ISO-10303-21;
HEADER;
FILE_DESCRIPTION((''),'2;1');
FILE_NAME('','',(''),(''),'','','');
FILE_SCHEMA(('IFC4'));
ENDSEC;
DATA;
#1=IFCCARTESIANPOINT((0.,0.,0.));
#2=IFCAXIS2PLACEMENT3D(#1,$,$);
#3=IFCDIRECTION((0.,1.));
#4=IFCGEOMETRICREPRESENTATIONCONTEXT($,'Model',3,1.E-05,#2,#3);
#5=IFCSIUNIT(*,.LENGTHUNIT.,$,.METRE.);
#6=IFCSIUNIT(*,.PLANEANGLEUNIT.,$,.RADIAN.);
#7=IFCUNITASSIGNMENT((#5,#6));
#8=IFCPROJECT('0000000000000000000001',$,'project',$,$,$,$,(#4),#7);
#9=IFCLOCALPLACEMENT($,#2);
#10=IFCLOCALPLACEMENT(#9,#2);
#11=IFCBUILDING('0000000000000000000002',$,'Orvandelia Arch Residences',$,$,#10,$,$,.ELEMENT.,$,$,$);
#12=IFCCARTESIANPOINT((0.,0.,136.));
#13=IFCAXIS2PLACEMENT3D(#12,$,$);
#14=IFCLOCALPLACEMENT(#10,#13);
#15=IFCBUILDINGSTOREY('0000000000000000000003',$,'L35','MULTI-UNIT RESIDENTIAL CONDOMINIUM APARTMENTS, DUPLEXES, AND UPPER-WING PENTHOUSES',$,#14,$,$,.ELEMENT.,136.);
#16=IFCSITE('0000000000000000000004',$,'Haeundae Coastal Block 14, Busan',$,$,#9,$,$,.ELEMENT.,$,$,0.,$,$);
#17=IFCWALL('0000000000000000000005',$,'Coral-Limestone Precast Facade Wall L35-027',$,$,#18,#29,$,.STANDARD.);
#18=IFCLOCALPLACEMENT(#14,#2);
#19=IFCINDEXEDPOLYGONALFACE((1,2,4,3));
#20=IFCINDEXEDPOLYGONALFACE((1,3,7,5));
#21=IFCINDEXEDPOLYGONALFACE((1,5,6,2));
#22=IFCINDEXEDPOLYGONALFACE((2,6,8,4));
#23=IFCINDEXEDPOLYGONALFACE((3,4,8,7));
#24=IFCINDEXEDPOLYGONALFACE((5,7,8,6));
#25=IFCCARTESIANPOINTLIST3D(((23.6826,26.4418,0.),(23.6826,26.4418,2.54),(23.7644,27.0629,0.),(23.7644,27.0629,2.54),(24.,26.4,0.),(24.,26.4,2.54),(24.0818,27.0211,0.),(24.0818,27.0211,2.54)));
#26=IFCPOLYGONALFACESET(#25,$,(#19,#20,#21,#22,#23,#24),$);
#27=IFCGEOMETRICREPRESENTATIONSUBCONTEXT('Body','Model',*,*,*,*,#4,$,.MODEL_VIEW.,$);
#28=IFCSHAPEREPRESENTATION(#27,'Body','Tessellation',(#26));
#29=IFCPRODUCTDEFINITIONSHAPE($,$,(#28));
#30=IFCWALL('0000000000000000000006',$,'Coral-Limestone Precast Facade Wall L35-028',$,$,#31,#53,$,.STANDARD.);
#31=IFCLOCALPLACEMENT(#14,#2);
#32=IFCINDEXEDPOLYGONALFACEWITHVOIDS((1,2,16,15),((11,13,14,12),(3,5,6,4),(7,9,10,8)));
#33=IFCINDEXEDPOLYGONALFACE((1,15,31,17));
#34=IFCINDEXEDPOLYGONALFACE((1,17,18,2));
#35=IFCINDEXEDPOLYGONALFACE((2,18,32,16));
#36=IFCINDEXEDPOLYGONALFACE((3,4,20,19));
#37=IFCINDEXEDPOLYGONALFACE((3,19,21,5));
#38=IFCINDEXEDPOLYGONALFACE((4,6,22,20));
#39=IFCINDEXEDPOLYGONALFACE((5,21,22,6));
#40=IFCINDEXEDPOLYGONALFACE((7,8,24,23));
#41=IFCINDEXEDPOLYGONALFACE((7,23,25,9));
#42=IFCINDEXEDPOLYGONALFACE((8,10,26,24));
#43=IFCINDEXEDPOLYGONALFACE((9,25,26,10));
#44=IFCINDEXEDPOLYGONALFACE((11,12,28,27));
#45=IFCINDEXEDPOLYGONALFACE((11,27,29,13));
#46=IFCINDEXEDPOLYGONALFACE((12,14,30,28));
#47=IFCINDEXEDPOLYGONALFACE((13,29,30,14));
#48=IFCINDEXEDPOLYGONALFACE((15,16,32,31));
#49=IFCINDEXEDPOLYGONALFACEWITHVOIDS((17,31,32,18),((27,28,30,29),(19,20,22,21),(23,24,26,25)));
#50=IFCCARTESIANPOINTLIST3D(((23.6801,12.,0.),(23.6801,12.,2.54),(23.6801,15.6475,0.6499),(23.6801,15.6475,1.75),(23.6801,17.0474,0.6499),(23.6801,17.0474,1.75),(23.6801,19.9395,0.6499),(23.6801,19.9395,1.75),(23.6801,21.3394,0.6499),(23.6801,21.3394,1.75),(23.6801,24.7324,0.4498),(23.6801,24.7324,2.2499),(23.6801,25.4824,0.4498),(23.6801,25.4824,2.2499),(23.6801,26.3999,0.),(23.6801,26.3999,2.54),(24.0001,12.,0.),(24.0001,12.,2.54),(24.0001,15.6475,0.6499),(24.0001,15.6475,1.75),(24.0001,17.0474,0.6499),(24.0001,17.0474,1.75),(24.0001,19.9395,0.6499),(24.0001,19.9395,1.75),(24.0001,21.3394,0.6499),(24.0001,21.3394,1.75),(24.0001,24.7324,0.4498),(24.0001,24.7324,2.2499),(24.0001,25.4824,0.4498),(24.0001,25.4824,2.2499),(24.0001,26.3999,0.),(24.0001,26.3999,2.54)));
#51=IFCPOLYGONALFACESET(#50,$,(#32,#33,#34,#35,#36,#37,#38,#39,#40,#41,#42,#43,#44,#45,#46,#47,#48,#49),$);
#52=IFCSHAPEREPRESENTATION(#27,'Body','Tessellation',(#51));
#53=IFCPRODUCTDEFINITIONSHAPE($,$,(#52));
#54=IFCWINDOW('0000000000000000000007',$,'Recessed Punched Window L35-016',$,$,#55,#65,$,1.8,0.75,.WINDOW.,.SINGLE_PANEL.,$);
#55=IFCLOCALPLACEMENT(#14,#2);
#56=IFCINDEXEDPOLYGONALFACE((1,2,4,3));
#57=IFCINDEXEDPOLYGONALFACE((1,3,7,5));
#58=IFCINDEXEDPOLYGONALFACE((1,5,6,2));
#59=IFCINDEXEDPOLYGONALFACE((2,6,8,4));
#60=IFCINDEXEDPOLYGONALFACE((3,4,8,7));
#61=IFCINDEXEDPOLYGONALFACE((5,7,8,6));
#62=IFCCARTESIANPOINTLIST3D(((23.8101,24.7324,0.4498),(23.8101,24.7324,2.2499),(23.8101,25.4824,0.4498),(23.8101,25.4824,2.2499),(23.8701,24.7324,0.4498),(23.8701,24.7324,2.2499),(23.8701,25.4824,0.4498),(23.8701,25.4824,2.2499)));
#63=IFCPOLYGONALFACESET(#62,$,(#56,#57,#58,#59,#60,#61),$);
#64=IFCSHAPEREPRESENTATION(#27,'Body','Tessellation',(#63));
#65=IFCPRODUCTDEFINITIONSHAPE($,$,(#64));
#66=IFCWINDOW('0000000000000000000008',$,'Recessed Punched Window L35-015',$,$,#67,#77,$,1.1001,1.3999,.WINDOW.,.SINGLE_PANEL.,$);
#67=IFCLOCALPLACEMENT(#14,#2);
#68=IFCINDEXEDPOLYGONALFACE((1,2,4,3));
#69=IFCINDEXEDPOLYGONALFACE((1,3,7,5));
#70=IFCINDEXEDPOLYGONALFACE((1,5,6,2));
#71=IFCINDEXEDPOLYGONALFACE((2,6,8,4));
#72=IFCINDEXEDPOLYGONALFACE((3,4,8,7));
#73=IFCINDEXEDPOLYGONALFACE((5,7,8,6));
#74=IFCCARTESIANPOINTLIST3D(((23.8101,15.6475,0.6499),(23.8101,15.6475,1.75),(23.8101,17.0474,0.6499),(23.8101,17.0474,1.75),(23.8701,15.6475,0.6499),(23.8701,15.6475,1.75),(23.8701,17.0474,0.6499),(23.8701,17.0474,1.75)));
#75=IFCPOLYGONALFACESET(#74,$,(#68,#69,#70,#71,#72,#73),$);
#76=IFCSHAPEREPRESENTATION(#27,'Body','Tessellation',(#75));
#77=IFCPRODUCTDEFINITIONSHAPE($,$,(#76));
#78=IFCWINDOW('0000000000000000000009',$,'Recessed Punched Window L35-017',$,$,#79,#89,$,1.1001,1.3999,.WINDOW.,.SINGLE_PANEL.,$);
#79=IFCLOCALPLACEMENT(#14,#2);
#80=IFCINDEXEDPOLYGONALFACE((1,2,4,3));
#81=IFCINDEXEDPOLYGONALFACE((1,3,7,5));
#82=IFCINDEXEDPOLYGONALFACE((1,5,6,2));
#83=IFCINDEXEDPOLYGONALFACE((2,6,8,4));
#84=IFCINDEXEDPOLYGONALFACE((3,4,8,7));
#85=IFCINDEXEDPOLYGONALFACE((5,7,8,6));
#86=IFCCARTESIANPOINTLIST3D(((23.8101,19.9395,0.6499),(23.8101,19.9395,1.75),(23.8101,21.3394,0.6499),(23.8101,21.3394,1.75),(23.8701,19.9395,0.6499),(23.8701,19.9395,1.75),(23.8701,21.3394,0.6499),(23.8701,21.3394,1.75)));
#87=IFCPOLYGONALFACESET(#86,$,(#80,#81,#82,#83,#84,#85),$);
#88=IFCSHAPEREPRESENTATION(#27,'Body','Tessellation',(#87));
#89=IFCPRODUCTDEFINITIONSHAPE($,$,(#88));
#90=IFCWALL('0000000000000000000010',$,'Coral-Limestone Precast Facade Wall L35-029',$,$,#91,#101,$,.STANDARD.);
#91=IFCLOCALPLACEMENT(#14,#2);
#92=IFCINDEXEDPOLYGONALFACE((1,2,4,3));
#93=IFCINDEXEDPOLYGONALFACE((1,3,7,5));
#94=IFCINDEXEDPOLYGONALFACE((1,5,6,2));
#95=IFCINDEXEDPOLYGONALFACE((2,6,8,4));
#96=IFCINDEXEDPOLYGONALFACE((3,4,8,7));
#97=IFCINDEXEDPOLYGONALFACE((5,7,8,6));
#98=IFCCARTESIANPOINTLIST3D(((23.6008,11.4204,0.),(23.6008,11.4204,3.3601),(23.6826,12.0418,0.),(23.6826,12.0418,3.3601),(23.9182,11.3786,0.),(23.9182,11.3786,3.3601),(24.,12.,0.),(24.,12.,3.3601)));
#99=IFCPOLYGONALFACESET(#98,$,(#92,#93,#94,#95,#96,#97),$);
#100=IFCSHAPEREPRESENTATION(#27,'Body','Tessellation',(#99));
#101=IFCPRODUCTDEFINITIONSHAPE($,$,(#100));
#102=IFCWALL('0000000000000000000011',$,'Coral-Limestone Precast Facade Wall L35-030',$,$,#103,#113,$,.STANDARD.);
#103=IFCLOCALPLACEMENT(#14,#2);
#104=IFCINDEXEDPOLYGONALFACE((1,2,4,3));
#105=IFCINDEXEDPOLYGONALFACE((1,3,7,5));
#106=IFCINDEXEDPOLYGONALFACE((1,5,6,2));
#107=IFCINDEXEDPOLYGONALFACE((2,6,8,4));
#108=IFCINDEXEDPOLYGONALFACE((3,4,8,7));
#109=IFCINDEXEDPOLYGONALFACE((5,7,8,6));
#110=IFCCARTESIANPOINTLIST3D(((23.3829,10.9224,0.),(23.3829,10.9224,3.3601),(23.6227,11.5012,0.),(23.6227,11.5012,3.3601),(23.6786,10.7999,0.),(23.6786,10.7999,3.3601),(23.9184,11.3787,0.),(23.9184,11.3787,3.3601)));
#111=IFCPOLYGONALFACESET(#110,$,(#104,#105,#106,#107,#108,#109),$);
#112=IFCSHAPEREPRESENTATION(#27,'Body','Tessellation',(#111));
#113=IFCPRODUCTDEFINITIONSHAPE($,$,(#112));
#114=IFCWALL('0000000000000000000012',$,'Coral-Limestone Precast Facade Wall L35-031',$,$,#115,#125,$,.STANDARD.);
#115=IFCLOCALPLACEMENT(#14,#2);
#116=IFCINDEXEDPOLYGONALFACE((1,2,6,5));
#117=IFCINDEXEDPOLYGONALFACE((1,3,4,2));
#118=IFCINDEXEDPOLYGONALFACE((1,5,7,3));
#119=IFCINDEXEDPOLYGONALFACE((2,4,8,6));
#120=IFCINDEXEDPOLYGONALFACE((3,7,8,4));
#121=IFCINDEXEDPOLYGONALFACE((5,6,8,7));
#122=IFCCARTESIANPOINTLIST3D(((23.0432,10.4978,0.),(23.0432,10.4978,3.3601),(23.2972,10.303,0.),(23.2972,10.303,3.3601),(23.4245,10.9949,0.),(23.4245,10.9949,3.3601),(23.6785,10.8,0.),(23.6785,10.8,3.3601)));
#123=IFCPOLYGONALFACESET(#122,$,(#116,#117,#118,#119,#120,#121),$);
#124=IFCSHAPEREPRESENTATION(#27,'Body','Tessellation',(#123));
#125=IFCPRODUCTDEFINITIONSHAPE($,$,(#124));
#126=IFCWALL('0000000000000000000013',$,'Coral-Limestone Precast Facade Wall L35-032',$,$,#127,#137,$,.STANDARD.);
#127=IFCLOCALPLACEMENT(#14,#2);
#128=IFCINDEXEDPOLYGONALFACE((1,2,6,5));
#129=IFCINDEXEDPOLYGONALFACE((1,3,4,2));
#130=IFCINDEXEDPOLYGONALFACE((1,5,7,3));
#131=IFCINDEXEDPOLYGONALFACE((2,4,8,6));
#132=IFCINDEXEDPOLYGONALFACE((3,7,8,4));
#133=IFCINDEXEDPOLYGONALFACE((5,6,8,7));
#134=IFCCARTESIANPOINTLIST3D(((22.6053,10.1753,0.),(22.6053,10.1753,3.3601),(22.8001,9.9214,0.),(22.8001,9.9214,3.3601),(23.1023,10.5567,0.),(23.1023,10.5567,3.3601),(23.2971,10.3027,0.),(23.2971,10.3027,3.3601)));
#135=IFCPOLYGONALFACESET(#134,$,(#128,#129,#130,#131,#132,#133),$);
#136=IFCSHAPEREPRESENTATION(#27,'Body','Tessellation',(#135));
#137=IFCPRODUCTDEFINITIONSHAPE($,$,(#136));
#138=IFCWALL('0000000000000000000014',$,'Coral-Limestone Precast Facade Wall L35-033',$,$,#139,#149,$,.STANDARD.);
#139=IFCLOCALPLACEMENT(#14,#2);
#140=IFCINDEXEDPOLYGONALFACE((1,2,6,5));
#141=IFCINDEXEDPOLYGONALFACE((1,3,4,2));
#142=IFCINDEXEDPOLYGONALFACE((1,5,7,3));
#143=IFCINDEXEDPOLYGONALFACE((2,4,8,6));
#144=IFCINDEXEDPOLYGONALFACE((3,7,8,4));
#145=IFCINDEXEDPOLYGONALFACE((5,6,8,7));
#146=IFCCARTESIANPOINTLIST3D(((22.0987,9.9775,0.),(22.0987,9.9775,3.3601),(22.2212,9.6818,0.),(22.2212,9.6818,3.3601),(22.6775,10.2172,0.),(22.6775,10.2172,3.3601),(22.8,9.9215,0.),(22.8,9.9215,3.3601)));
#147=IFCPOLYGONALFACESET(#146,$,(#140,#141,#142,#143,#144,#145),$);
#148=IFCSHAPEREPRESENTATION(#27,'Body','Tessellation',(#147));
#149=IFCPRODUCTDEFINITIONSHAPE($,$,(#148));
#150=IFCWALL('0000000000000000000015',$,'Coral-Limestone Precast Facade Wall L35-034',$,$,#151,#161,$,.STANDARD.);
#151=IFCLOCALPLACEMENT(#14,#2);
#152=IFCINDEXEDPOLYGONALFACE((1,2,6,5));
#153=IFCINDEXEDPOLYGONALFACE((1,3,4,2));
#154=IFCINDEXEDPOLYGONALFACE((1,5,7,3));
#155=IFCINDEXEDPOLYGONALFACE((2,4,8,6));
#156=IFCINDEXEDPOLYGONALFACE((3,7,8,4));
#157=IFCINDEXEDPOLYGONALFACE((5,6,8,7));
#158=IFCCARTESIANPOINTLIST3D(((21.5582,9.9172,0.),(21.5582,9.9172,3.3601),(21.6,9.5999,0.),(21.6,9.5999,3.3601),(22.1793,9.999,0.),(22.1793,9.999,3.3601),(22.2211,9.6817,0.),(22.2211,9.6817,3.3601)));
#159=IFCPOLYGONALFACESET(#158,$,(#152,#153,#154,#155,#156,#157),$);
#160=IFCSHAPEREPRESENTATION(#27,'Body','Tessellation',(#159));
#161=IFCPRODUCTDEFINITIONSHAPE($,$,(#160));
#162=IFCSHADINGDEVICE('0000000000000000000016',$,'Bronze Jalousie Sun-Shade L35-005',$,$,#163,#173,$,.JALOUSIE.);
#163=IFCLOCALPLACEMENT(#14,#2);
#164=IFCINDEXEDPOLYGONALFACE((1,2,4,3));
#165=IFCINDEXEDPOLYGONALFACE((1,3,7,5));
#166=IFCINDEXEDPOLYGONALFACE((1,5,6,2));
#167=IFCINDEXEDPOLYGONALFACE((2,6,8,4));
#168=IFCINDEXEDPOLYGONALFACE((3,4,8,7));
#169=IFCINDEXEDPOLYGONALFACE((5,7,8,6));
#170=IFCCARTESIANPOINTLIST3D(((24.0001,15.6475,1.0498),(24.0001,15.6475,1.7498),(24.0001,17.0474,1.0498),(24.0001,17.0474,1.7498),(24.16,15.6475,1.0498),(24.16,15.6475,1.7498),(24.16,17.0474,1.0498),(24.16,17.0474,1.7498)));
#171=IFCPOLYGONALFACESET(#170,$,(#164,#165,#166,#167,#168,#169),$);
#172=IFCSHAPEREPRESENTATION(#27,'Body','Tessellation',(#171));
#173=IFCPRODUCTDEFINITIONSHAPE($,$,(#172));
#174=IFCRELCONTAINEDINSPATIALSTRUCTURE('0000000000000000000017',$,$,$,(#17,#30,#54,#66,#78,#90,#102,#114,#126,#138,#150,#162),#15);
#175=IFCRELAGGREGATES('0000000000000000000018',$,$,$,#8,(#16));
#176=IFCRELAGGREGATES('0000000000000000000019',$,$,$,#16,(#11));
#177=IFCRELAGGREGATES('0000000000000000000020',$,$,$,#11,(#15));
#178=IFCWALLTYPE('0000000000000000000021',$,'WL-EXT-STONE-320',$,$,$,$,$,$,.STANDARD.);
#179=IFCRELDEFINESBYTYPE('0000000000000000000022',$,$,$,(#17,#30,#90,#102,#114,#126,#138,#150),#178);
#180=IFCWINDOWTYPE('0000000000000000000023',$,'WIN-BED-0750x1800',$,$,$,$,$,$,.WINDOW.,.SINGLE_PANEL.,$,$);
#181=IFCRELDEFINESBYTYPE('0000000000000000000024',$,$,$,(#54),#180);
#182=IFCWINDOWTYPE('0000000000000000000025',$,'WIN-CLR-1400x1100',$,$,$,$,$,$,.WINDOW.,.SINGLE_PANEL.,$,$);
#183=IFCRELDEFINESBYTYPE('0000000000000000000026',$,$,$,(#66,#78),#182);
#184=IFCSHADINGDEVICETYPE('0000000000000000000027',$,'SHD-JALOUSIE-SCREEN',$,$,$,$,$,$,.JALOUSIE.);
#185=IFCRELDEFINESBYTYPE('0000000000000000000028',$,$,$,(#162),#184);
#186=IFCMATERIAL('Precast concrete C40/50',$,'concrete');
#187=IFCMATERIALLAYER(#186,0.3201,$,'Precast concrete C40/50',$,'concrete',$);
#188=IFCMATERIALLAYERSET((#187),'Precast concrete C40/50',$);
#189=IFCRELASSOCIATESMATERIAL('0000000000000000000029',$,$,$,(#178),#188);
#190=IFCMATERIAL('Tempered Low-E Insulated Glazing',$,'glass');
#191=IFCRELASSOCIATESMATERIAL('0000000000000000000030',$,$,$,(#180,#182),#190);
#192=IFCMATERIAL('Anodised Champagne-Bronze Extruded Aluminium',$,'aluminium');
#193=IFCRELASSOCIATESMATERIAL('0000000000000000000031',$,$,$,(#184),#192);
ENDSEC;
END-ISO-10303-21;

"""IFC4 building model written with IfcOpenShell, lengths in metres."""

from ifc_helpers import new_model, si_unit, direction, frame, frame_2d, origin, origin_2d, place, context, subcontext, project, spatial, rectangle, extrude, material, layer, layer_set, type_object, element, fill, save


model = new_model("IFC4")

# Units and contexts
model_context = context("Model", 3, precision=1e-05, world=origin(), true_north=direction((0.0, 1.0)))
body_context = subcontext(model_context, "Body", "Model", "MODEL_VIEW")
ifc_project = project(units=[si_unit("LENGTHUNIT", "METRE"), si_unit("PLANEANGLEUNIT", "RADIAN")], contexts=[model_context])

# Site, building, storey
site_placement = place(None, origin())
site = spatial("IfcSite", under=ifc_project, at=site_placement, Name="Haeundae Coastal Block 14, Busan", CompositionType="ELEMENT", RefElevation=0.0)
building_placement = place(site_placement, origin())
building = spatial("IfcBuilding", under=site, at=building_placement, Name="Orvandelia Arch Residences", CompositionType="ELEMENT")
storey_placement = place(building_placement, frame((0.0, 0.0, 136.0)))
storey = spatial("IfcBuildingStorey", under=building, at=storey_placement, Name="L35", Description="MULTI-UNIT RESIDENTIAL CONDOMINIUM APARTMENTS, DUPLEXES, AND UPPER-WING PENTHOUSES", CompositionType="ELEMENT", Elevation=136.0)

# Wall
ifc_material_1 = material(Name="Precast concrete C40/50", Category="concrete")
ifc_layer = layer(ifc_material_1, 0.3201, Name="Precast concrete C40/50", Category="concrete")
ifc_layer_set = layer_set([ifc_layer], Name="Precast concrete C40/50")
wall_type = type_object("IfcWallType", Name="WL-EXT-STONE-320", PredefinedType="STANDARD", material=ifc_layer_set)
wall_1_placement = place(storey_placement, frame((23.9231, 27.042, 0.0), z_axis=(0.0, 0.0, 1.0), x_axis=(-0.130555, -0.991441, 0.0)))
element("IfcWall", 1, at=wall_1_placement, inside=storey, type_object=wall_type, Name="Coral-Limestone Precast Facade Wall L35-027", PredefinedType="STANDARD", context=body_context, shape_type="SweptSolid", body=[
    extrude(rectangle(XDim=0.6265, YDim=0.3201, at=frame_2d((0.3132, 0.0))), origin(), (0.0, 0.0, 1.0), 2.54),
])

# Wall, openings, windows
wall_2_placement = place(storey_placement, frame((23.8401, 26.3999, 0.0), z_axis=(0.0, 0.0, 1.0), x_axis=(0.0, -1.0, 0.0)))
wall_2 = element("IfcWall", 2, at=wall_2_placement, inside=storey, type_object=wall_type, Name="Coral-Limestone Precast Facade Wall L35-028", PredefinedType="STANDARD", context=body_context, shape_type="SweptSolid", body=[
    extrude(rectangle(XDim=14.3999, YDim=0.3201, at=frame_2d((7.2, 0.0))), origin(), (0.0, 0.0, 1.0), 2.54),
])
opening_1_placement = place(wall_2_placement, frame((9.3525, 0.0, 0.6499)))
opening_1 = element("IfcOpeningElement", 3, at=opening_1_placement, cuts=wall_2, PredefinedType="OPENING", context=body_context, shape_type="SweptSolid", body=[
    extrude(rectangle(XDim=1.3999, YDim=1.1001, at=frame_2d((0.7, 0.55))), frame((0.0, 0.1699, 0.0), z_axis=(0.0, -1.0, 0.0), x_axis=(1.0, 0.0, 0.0)), (0.0, 0.0, 1.0), 0.3401),
])
opening_2_placement = place(wall_2_placement, frame((0.9175, 0.0, 0.45)))
opening_2 = element("IfcOpeningElement", 4, at=opening_2_placement, cuts=wall_2, PredefinedType="OPENING", context=body_context, shape_type="SweptSolid", body=[
    extrude(rectangle(XDim=0.75, YDim=1.8, at=frame_2d((0.375, 0.8999))), frame((0.0, 0.1699, 0.0), z_axis=(0.0, -1.0, 0.0), x_axis=(1.0, 0.0, 0.0)), (0.0, 0.0, 1.0), 0.3401),
])
opening_3_placement = place(wall_2_placement, frame((5.0605, 0.0, 0.6499)))
opening_3 = element("IfcOpeningElement", 5, at=opening_3_placement, cuts=wall_2, PredefinedType="OPENING", context=body_context, shape_type="SweptSolid", body=[
    extrude(rectangle(XDim=1.3999, YDim=1.1001, at=frame_2d((0.7, 0.55))), frame((0.0, 0.1699, 0.0), z_axis=(0.0, -1.0, 0.0), x_axis=(1.0, 0.0, 0.0)), (0.0, 0.0, 1.0), 0.3401),
])
ifc_material_2 = material(Name="Tempered Low-E Insulated Glazing", Category="glass")
window_type_1 = type_object("IfcWindowType", Name="WIN-BED-0750x1800", PartitioningType="SINGLE_PANEL", PredefinedType="WINDOW", material=ifc_material_2)
window_1_placement = place(opening_2_placement, origin())
window_1 = element("IfcWindow", 6, at=window_1_placement, inside=storey, type_object=window_type_1, Name="Recessed Punched Window L35-016", OverallHeight=1.8, OverallWidth=0.75, PartitioningType="SINGLE_PANEL", PredefinedType="WINDOW", context=body_context, shape_type="SweptSolid", body=[
    extrude(rectangle(XDim=0.75, YDim=1.8, at=frame_2d((0.375, 0.8999))), frame((0.0, 0.03, 0.0), z_axis=(0.0, -1.0, 0.0), x_axis=(1.0, 0.0, 0.0)), (0.0, 0.0, 1.0), 0.0601),
])
fill(opening_2, window_1)
window_type_2 = type_object("IfcWindowType", Name="WIN-CLR-1400x1100", PartitioningType="SINGLE_PANEL", PredefinedType="WINDOW", material=ifc_material_2)
window_2_placement = place(opening_1_placement, origin())
window_2 = element("IfcWindow", 7, at=window_2_placement, inside=storey, type_object=window_type_2, Name="Recessed Punched Window L35-015", OverallHeight=1.1001, OverallWidth=1.3999, PartitioningType="SINGLE_PANEL", PredefinedType="WINDOW", context=body_context, shape_type="SweptSolid", body=[
    extrude(rectangle(XDim=1.3999, YDim=1.1001, at=frame_2d((0.7, 0.55))), frame((0.0, 0.03, 0.0), z_axis=(0.0, -1.0, 0.0), x_axis=(1.0, 0.0, 0.0)), (0.0, 0.0, 1.0), 0.0601),
])
fill(opening_1, window_2)
window_3_placement = place(opening_3_placement, origin())
window_3 = element("IfcWindow", 8, at=window_3_placement, inside=storey, type_object=window_type_2, Name="Recessed Punched Window L35-017", OverallHeight=1.1001, OverallWidth=1.3999, PartitioningType="SINGLE_PANEL", PredefinedType="WINDOW", context=body_context, shape_type="SweptSolid", body=[
    extrude(rectangle(XDim=1.3999, YDim=1.1001, at=frame_2d((0.7, 0.55))), frame((0.0, 0.03, 0.0), z_axis=(0.0, -1.0, 0.0), x_axis=(1.0, 0.0, 0.0)), (0.0, 0.0, 1.0), 0.0601),
])
fill(opening_3, window_3)

# Walls
wall_3_placement = place(storey_placement, frame((23.8413, 12.021, 0.0), z_axis=(0.0, 0.0, 1.0), x_axis=(-0.130505, -0.991448, 0.0)))
element("IfcWall", 9, at=wall_3_placement, inside=storey, type_object=wall_type, Name="Coral-Limestone Precast Facade Wall L35-029", PredefinedType="STANDARD", context=body_context, shape_type="SweptSolid", body=[
    extrude(rectangle(XDim=0.6267, YDim=0.3201, at=frame_2d((0.3135, 0.0))), origin(), (0.0, 0.0, 1.0), 3.3601),
])
for number, where, z_axis, x_axis, name in (
    (10, (23.7705, 11.4399, 0.0), (0.0, 0.0, 1.0), (-0.38265, -0.923893, 0.0), "Coral-Limestone Precast Facade Wall L35-030"),
    (11, (23.5515, 10.8975, 0.0), (0.0, 0.0, 1.0), (-0.608693, -0.793406, 0.0), "Coral-Limestone Precast Facade Wall L35-031"),
    (12, (23.1997, 10.4297, 0.0), (0.0, 0.0, 1.0), (-0.793406, -0.608693, 0.0), "Coral-Limestone Precast Facade Wall L35-032"),
    (13, (22.7388, 10.0693, 0.0), (0.0, 0.0, 1.0), (-0.923893, -0.38265, 0.0), "Coral-Limestone Precast Facade Wall L35-033"),
    (14, (22.2002, 9.8403, 0.0), (0.0, 0.0, 1.0), (-0.991441, -0.130555, 0.0), "Coral-Limestone Precast Facade Wall L35-034"),
):
    element("IfcWall", number, at=place(storey_placement, frame(where, z_axis=z_axis, x_axis=x_axis)), inside=storey, type_object=wall_type, Name=name, PredefinedType="STANDARD", context=body_context, shape_type="SweptSolid", body=[
        extrude(rectangle(XDim=0.6265, YDim=0.3201, at=frame_2d((0.3132, 0.0))), origin(), (0.0, 0.0, 1.0), 3.3601),
    ])

# Shading device
ifc_material_3 = material(Name="Anodised Champagne-Bronze Extruded Aluminium", Category="aluminium")
shading_device_type = type_object("IfcShadingDeviceType", Name="SHD-JALOUSIE-SCREEN", PredefinedType="JALOUSIE", material=ifc_material_3)
shading_device_placement = place(storey_placement, frame((24.0801, 16.3474, 1.0498), z_axis=(0.0, 0.0, 1.0), x_axis=(0.0, -1.0, 0.0)))
element("IfcShadingDevice", 15, at=shading_device_placement, inside=storey, type_object=shading_device_type, Name="Bronze Jalousie Sun-Shade L35-005", PredefinedType="JALOUSIE", context=body_context, shape_type="SweptSolid", body=[
    extrude(rectangle(XDim=1.3999, YDim=0.1599, at=origin_2d()), origin(), (0.0, 0.0, 1.0), 0.7),
])

save(model, "model.ifc")
